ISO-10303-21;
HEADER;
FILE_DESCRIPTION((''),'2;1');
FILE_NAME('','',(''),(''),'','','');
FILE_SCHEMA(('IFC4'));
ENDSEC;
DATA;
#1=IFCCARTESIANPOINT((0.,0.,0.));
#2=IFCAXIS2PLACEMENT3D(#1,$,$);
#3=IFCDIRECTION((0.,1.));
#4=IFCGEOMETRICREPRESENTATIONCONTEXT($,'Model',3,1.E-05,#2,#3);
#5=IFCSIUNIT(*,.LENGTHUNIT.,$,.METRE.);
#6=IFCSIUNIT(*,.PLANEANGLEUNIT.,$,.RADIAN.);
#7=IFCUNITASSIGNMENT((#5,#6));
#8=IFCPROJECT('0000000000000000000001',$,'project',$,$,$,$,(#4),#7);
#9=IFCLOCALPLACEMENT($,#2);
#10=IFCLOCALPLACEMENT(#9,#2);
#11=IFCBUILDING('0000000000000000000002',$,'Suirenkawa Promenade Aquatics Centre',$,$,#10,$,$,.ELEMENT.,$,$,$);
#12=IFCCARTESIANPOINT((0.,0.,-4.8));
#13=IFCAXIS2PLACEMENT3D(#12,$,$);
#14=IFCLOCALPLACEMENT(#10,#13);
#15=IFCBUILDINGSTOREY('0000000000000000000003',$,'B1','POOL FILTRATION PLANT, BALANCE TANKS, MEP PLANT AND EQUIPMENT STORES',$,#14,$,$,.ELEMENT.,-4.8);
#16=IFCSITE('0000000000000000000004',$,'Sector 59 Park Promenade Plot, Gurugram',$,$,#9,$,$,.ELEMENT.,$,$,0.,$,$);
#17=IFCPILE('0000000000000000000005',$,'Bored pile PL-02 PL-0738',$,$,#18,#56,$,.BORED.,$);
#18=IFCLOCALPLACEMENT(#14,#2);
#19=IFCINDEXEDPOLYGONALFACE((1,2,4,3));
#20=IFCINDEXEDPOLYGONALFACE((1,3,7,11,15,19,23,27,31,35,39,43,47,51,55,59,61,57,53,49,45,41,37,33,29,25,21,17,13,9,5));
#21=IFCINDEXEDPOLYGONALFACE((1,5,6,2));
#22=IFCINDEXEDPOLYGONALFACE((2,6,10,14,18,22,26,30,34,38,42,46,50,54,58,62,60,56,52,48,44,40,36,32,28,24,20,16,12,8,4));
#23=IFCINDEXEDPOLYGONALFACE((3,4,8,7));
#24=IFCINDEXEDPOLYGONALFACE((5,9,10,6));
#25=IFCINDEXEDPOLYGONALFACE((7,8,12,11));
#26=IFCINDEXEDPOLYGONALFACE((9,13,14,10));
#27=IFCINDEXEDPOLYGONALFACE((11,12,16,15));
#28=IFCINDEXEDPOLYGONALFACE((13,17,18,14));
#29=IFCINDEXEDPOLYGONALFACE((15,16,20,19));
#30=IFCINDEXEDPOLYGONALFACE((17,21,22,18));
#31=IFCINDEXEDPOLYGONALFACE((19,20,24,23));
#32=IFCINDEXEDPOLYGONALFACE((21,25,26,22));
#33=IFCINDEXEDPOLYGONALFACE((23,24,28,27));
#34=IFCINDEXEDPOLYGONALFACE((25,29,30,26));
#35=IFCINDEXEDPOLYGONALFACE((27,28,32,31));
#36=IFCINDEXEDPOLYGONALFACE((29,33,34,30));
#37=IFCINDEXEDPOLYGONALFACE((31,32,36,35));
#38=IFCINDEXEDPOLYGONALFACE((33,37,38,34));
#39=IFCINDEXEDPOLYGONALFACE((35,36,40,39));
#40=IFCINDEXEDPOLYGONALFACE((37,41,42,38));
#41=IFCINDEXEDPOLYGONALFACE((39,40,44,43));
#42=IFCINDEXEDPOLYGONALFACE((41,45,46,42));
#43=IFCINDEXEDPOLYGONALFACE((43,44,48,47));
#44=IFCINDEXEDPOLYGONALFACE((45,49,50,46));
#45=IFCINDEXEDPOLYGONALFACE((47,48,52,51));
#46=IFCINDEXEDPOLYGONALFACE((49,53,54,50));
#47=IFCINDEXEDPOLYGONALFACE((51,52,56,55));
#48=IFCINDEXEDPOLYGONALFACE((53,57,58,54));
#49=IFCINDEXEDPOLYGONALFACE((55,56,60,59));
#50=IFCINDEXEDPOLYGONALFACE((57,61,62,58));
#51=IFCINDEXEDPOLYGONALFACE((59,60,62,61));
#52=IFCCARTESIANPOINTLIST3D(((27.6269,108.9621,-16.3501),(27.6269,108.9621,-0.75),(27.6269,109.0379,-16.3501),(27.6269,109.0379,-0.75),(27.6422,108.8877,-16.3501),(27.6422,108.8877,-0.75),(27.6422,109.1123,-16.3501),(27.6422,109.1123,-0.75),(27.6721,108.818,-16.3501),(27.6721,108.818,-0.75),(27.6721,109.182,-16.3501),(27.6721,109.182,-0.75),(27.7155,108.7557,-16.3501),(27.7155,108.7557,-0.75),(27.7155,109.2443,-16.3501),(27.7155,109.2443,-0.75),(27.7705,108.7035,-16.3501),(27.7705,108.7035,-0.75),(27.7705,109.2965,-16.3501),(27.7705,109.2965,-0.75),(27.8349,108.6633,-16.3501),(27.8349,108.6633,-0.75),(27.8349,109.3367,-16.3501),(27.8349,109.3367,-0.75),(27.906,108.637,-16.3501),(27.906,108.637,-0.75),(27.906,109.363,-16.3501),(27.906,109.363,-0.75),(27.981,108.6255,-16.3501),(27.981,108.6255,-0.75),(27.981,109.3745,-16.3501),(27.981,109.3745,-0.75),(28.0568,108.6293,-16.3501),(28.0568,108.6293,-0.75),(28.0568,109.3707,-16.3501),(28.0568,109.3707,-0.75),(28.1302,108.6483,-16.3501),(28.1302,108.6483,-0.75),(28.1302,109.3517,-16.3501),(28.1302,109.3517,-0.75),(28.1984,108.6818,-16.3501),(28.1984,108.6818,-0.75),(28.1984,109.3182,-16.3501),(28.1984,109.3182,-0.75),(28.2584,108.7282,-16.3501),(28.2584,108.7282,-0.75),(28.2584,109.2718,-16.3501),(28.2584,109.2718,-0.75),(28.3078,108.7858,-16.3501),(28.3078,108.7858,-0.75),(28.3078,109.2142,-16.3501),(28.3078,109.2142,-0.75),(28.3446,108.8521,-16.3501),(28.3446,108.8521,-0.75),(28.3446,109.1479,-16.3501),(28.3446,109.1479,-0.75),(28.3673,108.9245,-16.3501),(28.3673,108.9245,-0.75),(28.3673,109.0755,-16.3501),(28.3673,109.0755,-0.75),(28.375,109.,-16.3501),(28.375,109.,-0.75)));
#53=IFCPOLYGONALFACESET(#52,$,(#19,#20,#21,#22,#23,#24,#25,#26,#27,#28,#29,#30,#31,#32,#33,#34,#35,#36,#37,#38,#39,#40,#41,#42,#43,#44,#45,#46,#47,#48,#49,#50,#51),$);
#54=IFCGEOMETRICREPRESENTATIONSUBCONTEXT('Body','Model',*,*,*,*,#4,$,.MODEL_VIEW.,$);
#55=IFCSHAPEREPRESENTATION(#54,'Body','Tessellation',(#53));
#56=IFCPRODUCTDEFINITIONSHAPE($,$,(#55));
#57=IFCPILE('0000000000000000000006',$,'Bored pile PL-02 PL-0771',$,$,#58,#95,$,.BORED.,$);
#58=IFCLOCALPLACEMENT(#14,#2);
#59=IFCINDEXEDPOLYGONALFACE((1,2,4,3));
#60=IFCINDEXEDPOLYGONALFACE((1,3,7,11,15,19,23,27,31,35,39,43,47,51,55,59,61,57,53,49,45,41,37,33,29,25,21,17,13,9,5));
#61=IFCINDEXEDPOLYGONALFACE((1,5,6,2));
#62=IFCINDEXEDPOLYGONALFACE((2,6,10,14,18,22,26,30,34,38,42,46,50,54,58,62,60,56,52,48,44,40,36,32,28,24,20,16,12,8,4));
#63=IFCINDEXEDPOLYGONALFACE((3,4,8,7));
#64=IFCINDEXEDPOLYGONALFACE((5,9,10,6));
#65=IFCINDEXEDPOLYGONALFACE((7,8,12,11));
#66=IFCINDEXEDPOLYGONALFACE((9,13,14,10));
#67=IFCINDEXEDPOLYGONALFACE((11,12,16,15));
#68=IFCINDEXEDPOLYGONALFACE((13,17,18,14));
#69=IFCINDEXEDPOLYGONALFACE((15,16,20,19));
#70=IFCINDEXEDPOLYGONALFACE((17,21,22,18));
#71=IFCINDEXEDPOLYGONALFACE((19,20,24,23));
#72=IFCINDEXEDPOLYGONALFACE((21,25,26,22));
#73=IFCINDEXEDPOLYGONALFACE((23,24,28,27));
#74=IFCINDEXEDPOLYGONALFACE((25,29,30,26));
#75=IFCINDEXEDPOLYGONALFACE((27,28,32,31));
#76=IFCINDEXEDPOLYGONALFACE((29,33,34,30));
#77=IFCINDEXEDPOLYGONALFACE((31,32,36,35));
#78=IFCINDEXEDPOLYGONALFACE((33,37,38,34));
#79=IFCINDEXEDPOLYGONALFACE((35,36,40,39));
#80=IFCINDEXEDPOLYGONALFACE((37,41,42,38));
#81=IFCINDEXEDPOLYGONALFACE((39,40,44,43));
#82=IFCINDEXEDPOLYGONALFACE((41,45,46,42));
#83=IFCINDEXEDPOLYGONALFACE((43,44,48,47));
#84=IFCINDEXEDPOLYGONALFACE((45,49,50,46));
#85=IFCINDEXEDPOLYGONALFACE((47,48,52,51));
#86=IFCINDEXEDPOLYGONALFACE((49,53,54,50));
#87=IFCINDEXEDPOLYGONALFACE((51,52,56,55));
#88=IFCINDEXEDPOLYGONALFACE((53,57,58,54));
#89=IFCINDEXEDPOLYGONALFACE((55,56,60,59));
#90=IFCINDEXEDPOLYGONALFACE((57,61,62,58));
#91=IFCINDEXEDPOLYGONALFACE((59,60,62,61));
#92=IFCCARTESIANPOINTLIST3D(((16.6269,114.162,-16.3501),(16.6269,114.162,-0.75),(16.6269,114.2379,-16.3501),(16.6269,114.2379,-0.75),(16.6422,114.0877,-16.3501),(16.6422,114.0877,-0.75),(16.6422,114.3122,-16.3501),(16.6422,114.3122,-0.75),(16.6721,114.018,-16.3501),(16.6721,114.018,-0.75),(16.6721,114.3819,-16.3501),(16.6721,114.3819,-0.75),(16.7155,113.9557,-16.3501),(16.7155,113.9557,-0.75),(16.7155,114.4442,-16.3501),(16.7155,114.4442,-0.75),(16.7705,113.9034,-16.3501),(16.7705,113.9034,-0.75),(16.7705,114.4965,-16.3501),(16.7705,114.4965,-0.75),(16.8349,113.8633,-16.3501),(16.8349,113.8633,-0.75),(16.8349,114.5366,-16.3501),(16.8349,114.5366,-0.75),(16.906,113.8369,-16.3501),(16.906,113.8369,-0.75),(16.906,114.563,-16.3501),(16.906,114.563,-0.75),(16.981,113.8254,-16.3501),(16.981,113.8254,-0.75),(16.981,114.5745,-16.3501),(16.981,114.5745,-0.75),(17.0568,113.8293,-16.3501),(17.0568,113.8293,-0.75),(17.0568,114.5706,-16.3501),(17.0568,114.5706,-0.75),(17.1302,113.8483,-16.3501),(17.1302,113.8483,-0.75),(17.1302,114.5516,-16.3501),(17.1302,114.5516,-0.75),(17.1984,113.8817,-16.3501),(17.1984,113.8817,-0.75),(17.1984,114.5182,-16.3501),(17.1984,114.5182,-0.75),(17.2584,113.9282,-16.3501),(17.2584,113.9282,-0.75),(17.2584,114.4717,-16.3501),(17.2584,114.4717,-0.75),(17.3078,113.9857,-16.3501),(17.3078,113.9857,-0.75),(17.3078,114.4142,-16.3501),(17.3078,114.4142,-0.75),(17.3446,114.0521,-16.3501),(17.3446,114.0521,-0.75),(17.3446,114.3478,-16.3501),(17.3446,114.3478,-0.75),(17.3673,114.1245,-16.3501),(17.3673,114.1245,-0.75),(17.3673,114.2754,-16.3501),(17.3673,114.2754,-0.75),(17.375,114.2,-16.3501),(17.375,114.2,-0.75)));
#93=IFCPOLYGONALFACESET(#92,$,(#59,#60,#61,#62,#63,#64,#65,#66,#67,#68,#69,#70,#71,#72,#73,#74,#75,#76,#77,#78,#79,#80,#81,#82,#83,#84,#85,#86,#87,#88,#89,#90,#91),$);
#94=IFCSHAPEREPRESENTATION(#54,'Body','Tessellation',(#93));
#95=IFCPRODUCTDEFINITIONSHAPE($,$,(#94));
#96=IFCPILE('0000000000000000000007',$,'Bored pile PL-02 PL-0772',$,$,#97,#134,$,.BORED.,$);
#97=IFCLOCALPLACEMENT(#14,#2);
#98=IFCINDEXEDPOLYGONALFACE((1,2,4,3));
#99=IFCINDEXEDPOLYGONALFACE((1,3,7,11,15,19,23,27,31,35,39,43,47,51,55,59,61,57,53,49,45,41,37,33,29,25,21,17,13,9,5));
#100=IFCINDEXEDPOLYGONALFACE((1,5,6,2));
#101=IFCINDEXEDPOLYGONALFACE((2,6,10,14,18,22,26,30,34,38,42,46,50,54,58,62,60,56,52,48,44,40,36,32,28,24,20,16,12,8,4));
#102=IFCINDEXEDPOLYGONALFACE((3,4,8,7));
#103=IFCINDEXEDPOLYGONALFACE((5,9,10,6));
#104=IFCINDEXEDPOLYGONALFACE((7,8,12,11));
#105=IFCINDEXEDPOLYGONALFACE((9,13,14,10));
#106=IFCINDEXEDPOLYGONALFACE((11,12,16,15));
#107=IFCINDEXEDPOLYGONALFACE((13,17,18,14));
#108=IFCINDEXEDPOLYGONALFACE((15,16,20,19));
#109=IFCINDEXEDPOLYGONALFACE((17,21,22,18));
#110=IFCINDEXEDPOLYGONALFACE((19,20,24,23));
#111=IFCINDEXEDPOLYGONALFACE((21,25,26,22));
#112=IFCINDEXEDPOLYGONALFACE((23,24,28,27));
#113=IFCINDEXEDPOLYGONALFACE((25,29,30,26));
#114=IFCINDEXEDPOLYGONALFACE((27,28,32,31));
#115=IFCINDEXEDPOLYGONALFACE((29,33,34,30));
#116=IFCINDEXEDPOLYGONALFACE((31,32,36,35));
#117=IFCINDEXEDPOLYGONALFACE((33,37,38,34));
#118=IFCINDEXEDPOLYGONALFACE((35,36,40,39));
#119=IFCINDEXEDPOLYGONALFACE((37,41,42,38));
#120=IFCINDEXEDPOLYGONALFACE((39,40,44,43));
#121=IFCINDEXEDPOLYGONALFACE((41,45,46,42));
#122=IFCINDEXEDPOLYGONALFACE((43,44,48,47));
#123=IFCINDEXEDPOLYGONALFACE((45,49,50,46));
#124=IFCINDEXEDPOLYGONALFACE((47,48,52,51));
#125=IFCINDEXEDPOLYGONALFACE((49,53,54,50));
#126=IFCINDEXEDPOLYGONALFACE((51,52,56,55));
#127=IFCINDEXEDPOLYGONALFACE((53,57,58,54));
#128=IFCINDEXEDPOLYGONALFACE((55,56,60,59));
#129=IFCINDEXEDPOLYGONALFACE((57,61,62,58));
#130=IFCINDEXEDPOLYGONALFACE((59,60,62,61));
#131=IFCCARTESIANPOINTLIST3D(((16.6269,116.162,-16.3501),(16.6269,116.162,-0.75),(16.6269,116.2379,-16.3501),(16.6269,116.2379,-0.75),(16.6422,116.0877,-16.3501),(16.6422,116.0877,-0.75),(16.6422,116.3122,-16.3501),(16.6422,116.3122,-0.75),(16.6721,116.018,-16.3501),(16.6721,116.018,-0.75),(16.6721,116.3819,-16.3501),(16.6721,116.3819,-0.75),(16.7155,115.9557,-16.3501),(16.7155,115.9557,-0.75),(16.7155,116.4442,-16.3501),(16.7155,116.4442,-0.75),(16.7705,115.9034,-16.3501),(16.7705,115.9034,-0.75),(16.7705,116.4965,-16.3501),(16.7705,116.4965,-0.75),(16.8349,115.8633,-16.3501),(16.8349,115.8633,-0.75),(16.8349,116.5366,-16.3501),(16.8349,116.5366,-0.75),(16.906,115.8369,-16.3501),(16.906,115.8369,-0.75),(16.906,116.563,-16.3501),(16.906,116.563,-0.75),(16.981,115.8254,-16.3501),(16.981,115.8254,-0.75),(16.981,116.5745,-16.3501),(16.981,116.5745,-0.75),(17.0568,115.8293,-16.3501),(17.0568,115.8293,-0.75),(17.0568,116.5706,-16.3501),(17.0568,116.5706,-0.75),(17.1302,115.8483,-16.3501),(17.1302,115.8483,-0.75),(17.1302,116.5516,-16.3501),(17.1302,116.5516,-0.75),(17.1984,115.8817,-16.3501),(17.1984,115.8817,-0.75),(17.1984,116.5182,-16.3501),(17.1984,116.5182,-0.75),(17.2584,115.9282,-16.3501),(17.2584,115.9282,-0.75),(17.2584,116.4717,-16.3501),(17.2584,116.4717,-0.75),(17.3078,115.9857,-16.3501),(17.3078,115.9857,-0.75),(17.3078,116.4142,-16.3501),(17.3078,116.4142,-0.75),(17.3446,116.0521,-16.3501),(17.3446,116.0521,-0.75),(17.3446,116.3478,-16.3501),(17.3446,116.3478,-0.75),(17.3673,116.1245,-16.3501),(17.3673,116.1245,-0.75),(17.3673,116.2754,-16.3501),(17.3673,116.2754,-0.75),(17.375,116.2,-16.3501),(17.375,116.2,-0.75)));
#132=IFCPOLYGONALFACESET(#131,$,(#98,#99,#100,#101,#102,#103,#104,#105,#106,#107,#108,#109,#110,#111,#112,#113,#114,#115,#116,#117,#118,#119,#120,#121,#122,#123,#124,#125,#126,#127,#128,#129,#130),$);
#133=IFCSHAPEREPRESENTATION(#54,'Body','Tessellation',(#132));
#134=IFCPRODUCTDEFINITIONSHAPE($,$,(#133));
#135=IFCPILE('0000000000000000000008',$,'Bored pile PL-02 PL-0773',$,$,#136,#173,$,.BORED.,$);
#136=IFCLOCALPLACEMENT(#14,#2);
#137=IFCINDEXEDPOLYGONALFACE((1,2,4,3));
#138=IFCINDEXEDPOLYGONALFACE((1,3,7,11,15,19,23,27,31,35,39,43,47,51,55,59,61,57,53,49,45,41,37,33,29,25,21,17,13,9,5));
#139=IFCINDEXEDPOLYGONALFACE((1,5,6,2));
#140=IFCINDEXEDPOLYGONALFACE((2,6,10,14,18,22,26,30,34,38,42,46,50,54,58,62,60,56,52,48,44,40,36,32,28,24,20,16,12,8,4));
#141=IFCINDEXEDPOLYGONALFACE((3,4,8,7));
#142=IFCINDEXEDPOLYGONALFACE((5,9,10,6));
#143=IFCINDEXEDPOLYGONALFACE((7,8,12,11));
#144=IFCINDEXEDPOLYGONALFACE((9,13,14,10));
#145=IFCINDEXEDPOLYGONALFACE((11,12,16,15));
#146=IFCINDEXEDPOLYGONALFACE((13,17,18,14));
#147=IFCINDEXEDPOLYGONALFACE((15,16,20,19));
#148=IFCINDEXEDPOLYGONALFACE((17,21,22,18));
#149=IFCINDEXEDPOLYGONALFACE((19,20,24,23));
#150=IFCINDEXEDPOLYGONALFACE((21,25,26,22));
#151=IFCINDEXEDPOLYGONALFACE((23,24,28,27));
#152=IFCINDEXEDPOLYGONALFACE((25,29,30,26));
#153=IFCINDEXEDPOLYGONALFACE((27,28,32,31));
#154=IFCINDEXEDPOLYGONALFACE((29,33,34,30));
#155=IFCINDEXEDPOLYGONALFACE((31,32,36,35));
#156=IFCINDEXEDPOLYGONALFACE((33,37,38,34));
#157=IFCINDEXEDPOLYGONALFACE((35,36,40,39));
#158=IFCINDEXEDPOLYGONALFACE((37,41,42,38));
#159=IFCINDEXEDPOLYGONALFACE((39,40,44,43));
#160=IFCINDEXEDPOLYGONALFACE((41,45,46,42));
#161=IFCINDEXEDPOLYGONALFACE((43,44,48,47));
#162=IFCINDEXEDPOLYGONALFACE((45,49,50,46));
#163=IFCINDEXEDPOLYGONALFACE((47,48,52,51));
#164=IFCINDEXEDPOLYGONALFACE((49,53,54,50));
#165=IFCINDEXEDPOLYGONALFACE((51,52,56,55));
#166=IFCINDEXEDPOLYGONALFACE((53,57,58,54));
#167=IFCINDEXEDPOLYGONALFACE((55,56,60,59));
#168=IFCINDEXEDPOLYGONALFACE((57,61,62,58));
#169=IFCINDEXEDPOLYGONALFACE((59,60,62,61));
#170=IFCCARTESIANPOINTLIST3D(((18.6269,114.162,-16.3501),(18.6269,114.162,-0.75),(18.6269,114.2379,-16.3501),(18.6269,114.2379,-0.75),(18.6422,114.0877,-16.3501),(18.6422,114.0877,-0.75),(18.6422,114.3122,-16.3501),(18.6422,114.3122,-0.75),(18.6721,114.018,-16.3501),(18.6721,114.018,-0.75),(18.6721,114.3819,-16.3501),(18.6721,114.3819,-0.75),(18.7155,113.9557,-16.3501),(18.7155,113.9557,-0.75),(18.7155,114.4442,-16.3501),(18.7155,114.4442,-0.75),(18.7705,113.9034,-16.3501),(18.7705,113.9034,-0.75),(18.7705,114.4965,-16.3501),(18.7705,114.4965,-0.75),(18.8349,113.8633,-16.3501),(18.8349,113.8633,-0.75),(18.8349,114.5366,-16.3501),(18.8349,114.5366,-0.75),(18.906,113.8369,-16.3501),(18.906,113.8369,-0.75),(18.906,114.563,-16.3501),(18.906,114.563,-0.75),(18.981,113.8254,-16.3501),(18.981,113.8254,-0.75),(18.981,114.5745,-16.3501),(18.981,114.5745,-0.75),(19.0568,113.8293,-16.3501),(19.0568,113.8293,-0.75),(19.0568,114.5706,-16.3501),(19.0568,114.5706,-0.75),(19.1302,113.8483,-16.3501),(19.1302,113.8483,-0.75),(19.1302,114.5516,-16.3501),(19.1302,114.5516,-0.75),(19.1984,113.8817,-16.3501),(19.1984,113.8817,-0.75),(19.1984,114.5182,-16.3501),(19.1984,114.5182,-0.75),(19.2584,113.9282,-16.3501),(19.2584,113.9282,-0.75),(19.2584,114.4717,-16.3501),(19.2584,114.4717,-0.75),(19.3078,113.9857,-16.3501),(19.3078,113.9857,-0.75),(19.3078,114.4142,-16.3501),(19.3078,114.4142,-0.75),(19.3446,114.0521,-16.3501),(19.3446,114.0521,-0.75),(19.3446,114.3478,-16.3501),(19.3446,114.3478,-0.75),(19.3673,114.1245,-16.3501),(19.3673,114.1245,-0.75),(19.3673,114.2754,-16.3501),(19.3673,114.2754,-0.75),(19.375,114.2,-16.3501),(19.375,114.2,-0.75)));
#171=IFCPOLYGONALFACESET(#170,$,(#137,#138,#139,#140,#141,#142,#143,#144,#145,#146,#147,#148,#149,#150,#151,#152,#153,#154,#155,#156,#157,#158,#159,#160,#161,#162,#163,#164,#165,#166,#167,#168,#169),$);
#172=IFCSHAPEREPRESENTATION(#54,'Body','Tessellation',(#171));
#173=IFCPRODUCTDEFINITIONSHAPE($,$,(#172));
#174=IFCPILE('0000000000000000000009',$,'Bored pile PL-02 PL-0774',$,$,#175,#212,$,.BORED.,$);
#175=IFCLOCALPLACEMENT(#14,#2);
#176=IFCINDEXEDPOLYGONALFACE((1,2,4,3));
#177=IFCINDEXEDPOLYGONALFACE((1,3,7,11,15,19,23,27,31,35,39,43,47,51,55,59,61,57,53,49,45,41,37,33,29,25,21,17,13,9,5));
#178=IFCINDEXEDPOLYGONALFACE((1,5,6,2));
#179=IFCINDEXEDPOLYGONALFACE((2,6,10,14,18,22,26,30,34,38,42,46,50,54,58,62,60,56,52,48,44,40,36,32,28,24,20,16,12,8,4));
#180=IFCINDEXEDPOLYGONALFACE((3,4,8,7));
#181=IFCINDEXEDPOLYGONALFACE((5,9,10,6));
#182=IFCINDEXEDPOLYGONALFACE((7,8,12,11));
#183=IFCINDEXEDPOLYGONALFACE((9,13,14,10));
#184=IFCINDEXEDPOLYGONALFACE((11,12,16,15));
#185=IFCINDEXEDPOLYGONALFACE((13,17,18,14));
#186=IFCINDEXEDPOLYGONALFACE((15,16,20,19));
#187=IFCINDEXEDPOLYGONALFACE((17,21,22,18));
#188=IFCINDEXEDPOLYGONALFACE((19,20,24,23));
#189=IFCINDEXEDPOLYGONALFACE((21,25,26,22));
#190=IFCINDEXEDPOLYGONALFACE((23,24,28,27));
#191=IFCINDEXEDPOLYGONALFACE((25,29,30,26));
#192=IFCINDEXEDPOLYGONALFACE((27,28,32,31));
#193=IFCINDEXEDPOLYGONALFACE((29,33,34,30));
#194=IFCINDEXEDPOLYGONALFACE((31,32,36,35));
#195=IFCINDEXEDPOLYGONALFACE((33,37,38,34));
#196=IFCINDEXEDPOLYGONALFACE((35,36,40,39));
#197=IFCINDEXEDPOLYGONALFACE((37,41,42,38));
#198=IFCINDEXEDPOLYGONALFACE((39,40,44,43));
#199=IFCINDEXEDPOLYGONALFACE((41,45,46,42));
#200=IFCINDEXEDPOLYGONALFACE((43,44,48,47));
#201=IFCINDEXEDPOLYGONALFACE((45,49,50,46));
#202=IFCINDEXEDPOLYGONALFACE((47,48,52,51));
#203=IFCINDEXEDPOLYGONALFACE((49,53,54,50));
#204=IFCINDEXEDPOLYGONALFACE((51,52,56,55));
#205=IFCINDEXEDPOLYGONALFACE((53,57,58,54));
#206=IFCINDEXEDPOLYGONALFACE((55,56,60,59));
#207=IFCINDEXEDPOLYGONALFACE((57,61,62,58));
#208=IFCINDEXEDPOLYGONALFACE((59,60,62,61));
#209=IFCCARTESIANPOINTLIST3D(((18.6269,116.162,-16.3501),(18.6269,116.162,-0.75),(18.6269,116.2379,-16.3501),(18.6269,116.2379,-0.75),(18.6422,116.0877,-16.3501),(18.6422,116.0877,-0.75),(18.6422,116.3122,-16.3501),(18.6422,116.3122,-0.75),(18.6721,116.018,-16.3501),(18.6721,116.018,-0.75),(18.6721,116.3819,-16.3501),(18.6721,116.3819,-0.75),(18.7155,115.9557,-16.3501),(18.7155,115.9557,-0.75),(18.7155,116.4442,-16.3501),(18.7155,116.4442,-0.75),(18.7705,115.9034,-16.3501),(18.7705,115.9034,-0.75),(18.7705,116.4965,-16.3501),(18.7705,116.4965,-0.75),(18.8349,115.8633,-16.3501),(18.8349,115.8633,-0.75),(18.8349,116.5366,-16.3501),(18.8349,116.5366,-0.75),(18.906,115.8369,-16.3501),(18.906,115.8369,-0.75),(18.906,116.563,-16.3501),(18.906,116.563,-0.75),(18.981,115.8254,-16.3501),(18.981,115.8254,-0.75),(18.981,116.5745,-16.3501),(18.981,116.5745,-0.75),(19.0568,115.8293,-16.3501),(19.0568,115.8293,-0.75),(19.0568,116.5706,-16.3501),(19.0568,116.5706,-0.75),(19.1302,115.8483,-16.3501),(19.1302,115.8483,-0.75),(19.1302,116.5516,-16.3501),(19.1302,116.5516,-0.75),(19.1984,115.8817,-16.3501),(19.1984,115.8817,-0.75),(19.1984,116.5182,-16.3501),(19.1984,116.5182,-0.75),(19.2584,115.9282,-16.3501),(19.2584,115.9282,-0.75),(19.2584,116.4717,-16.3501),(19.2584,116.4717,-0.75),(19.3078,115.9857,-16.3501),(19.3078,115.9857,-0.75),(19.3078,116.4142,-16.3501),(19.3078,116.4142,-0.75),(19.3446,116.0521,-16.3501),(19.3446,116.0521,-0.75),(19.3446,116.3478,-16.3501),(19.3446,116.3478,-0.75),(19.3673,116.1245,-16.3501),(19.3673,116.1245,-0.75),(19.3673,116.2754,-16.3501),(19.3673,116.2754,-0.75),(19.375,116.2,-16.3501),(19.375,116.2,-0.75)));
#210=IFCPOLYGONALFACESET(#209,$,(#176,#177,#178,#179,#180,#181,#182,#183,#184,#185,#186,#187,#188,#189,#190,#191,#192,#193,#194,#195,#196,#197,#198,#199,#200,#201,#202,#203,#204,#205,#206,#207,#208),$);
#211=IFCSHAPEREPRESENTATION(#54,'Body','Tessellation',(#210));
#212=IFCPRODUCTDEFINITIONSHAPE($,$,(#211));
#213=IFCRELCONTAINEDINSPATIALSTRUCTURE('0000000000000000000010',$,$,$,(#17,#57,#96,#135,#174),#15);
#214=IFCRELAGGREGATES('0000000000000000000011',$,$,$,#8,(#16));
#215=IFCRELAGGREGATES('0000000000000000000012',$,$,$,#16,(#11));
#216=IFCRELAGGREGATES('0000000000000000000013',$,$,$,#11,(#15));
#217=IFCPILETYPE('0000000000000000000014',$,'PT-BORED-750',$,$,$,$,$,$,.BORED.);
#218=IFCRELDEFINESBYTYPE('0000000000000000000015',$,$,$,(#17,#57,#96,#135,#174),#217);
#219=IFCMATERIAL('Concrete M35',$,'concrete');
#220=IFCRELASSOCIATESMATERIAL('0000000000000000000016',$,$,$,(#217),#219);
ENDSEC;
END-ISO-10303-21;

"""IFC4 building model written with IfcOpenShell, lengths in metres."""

from ifc_helpers import new_model, si_unit, direction, frame, origin, origin_2d, place, context, subcontext, project, spatial, circle, extrude, material, material_profile, profile_set, type_object, element, save


model = new_model("IFC4")

# Units and contexts
model_context = context("Model", 3, precision=1e-05, world=origin(), true_north=direction((0.0, 1.0)))
body_context = subcontext(model_context, "Body", "Model", "MODEL_VIEW")
ifc_project = project(units=[si_unit("LENGTHUNIT", "METRE"), si_unit("PLANEANGLEUNIT", "RADIAN")], contexts=[model_context])

# Site, building, storey
site_placement = place(None, origin())
site = spatial("IfcSite", under=ifc_project, at=site_placement, Name="Sector 59 Park Promenade Plot, Gurugram", CompositionType="ELEMENT", RefElevation=0.0)
building_placement = place(site_placement, origin())
building = spatial("IfcBuilding", under=site, at=building_placement, Name="Suirenkawa Promenade Aquatics Centre", CompositionType="ELEMENT")
storey_placement = place(building_placement, frame((0.0, 0.0, -4.8)))
storey = spatial("IfcBuildingStorey", under=building, at=storey_placement, Name="B1", Description="POOL FILTRATION PLANT, BALANCE TANKS, MEP PLANT AND EQUIPMENT STORES", CompositionType="ELEMENT", Elevation=-4.8)

# Shared definitions
ifc_material_1 = material(Name="Concrete M35", Category="concrete")

# Piles
ifc_material_profile_1 = material_profile(ifc_material_1, circle(Radius=0.375, at=origin_2d()), Name="PILE D750", Category="concrete")
ifc_profile_set_1 = profile_set([ifc_material_profile_1], Name="Concrete M35")
pile_type = type_object("IfcPileType", Name="PT-BORED-750", PredefinedType="BORED", material=ifc_profile_set_1)
for number, where, z_axis, x_axis, name in (
    (1, (28.0, 109.0, -0.75), (0.0, 0.0, -1.0), (1.0, 0.0, 0.0), "Bored pile PL-02 PL-0738"),
    (2, (17.0, 114.2, -0.75), (0.0, 0.0, -1.0), (1.0, 0.0, 0.0), "Bored pile PL-02 PL-0771"),
    (3, (17.0, 116.2, -0.75), (0.0, 0.0, -1.0), (1.0, 0.0, 0.0), "Bored pile PL-02 PL-0772"),
    (4, (19.0, 114.2, -0.75), (0.0, 0.0, -1.0), (1.0, 0.0, 0.0), "Bored pile PL-02 PL-0773"),
    (5, (19.0, 116.2, -0.75), (0.0, 0.0, -1.0), (1.0, 0.0, 0.0), "Bored pile PL-02 PL-0774"),
):
    element("IfcPile", number, at=place(storey_placement, frame(where, z_axis=z_axis, x_axis=x_axis)), inside=storey, type_object=pile_type, Name=name, PredefinedType="BORED", context=body_context, shape_type="SweptSolid", body=[
        extrude(circle(Radius=0.375, at=origin_2d()), origin(), (0.0, 0.0, 1.0), 15.6001),
    ])

save(model, "model.ifc")
